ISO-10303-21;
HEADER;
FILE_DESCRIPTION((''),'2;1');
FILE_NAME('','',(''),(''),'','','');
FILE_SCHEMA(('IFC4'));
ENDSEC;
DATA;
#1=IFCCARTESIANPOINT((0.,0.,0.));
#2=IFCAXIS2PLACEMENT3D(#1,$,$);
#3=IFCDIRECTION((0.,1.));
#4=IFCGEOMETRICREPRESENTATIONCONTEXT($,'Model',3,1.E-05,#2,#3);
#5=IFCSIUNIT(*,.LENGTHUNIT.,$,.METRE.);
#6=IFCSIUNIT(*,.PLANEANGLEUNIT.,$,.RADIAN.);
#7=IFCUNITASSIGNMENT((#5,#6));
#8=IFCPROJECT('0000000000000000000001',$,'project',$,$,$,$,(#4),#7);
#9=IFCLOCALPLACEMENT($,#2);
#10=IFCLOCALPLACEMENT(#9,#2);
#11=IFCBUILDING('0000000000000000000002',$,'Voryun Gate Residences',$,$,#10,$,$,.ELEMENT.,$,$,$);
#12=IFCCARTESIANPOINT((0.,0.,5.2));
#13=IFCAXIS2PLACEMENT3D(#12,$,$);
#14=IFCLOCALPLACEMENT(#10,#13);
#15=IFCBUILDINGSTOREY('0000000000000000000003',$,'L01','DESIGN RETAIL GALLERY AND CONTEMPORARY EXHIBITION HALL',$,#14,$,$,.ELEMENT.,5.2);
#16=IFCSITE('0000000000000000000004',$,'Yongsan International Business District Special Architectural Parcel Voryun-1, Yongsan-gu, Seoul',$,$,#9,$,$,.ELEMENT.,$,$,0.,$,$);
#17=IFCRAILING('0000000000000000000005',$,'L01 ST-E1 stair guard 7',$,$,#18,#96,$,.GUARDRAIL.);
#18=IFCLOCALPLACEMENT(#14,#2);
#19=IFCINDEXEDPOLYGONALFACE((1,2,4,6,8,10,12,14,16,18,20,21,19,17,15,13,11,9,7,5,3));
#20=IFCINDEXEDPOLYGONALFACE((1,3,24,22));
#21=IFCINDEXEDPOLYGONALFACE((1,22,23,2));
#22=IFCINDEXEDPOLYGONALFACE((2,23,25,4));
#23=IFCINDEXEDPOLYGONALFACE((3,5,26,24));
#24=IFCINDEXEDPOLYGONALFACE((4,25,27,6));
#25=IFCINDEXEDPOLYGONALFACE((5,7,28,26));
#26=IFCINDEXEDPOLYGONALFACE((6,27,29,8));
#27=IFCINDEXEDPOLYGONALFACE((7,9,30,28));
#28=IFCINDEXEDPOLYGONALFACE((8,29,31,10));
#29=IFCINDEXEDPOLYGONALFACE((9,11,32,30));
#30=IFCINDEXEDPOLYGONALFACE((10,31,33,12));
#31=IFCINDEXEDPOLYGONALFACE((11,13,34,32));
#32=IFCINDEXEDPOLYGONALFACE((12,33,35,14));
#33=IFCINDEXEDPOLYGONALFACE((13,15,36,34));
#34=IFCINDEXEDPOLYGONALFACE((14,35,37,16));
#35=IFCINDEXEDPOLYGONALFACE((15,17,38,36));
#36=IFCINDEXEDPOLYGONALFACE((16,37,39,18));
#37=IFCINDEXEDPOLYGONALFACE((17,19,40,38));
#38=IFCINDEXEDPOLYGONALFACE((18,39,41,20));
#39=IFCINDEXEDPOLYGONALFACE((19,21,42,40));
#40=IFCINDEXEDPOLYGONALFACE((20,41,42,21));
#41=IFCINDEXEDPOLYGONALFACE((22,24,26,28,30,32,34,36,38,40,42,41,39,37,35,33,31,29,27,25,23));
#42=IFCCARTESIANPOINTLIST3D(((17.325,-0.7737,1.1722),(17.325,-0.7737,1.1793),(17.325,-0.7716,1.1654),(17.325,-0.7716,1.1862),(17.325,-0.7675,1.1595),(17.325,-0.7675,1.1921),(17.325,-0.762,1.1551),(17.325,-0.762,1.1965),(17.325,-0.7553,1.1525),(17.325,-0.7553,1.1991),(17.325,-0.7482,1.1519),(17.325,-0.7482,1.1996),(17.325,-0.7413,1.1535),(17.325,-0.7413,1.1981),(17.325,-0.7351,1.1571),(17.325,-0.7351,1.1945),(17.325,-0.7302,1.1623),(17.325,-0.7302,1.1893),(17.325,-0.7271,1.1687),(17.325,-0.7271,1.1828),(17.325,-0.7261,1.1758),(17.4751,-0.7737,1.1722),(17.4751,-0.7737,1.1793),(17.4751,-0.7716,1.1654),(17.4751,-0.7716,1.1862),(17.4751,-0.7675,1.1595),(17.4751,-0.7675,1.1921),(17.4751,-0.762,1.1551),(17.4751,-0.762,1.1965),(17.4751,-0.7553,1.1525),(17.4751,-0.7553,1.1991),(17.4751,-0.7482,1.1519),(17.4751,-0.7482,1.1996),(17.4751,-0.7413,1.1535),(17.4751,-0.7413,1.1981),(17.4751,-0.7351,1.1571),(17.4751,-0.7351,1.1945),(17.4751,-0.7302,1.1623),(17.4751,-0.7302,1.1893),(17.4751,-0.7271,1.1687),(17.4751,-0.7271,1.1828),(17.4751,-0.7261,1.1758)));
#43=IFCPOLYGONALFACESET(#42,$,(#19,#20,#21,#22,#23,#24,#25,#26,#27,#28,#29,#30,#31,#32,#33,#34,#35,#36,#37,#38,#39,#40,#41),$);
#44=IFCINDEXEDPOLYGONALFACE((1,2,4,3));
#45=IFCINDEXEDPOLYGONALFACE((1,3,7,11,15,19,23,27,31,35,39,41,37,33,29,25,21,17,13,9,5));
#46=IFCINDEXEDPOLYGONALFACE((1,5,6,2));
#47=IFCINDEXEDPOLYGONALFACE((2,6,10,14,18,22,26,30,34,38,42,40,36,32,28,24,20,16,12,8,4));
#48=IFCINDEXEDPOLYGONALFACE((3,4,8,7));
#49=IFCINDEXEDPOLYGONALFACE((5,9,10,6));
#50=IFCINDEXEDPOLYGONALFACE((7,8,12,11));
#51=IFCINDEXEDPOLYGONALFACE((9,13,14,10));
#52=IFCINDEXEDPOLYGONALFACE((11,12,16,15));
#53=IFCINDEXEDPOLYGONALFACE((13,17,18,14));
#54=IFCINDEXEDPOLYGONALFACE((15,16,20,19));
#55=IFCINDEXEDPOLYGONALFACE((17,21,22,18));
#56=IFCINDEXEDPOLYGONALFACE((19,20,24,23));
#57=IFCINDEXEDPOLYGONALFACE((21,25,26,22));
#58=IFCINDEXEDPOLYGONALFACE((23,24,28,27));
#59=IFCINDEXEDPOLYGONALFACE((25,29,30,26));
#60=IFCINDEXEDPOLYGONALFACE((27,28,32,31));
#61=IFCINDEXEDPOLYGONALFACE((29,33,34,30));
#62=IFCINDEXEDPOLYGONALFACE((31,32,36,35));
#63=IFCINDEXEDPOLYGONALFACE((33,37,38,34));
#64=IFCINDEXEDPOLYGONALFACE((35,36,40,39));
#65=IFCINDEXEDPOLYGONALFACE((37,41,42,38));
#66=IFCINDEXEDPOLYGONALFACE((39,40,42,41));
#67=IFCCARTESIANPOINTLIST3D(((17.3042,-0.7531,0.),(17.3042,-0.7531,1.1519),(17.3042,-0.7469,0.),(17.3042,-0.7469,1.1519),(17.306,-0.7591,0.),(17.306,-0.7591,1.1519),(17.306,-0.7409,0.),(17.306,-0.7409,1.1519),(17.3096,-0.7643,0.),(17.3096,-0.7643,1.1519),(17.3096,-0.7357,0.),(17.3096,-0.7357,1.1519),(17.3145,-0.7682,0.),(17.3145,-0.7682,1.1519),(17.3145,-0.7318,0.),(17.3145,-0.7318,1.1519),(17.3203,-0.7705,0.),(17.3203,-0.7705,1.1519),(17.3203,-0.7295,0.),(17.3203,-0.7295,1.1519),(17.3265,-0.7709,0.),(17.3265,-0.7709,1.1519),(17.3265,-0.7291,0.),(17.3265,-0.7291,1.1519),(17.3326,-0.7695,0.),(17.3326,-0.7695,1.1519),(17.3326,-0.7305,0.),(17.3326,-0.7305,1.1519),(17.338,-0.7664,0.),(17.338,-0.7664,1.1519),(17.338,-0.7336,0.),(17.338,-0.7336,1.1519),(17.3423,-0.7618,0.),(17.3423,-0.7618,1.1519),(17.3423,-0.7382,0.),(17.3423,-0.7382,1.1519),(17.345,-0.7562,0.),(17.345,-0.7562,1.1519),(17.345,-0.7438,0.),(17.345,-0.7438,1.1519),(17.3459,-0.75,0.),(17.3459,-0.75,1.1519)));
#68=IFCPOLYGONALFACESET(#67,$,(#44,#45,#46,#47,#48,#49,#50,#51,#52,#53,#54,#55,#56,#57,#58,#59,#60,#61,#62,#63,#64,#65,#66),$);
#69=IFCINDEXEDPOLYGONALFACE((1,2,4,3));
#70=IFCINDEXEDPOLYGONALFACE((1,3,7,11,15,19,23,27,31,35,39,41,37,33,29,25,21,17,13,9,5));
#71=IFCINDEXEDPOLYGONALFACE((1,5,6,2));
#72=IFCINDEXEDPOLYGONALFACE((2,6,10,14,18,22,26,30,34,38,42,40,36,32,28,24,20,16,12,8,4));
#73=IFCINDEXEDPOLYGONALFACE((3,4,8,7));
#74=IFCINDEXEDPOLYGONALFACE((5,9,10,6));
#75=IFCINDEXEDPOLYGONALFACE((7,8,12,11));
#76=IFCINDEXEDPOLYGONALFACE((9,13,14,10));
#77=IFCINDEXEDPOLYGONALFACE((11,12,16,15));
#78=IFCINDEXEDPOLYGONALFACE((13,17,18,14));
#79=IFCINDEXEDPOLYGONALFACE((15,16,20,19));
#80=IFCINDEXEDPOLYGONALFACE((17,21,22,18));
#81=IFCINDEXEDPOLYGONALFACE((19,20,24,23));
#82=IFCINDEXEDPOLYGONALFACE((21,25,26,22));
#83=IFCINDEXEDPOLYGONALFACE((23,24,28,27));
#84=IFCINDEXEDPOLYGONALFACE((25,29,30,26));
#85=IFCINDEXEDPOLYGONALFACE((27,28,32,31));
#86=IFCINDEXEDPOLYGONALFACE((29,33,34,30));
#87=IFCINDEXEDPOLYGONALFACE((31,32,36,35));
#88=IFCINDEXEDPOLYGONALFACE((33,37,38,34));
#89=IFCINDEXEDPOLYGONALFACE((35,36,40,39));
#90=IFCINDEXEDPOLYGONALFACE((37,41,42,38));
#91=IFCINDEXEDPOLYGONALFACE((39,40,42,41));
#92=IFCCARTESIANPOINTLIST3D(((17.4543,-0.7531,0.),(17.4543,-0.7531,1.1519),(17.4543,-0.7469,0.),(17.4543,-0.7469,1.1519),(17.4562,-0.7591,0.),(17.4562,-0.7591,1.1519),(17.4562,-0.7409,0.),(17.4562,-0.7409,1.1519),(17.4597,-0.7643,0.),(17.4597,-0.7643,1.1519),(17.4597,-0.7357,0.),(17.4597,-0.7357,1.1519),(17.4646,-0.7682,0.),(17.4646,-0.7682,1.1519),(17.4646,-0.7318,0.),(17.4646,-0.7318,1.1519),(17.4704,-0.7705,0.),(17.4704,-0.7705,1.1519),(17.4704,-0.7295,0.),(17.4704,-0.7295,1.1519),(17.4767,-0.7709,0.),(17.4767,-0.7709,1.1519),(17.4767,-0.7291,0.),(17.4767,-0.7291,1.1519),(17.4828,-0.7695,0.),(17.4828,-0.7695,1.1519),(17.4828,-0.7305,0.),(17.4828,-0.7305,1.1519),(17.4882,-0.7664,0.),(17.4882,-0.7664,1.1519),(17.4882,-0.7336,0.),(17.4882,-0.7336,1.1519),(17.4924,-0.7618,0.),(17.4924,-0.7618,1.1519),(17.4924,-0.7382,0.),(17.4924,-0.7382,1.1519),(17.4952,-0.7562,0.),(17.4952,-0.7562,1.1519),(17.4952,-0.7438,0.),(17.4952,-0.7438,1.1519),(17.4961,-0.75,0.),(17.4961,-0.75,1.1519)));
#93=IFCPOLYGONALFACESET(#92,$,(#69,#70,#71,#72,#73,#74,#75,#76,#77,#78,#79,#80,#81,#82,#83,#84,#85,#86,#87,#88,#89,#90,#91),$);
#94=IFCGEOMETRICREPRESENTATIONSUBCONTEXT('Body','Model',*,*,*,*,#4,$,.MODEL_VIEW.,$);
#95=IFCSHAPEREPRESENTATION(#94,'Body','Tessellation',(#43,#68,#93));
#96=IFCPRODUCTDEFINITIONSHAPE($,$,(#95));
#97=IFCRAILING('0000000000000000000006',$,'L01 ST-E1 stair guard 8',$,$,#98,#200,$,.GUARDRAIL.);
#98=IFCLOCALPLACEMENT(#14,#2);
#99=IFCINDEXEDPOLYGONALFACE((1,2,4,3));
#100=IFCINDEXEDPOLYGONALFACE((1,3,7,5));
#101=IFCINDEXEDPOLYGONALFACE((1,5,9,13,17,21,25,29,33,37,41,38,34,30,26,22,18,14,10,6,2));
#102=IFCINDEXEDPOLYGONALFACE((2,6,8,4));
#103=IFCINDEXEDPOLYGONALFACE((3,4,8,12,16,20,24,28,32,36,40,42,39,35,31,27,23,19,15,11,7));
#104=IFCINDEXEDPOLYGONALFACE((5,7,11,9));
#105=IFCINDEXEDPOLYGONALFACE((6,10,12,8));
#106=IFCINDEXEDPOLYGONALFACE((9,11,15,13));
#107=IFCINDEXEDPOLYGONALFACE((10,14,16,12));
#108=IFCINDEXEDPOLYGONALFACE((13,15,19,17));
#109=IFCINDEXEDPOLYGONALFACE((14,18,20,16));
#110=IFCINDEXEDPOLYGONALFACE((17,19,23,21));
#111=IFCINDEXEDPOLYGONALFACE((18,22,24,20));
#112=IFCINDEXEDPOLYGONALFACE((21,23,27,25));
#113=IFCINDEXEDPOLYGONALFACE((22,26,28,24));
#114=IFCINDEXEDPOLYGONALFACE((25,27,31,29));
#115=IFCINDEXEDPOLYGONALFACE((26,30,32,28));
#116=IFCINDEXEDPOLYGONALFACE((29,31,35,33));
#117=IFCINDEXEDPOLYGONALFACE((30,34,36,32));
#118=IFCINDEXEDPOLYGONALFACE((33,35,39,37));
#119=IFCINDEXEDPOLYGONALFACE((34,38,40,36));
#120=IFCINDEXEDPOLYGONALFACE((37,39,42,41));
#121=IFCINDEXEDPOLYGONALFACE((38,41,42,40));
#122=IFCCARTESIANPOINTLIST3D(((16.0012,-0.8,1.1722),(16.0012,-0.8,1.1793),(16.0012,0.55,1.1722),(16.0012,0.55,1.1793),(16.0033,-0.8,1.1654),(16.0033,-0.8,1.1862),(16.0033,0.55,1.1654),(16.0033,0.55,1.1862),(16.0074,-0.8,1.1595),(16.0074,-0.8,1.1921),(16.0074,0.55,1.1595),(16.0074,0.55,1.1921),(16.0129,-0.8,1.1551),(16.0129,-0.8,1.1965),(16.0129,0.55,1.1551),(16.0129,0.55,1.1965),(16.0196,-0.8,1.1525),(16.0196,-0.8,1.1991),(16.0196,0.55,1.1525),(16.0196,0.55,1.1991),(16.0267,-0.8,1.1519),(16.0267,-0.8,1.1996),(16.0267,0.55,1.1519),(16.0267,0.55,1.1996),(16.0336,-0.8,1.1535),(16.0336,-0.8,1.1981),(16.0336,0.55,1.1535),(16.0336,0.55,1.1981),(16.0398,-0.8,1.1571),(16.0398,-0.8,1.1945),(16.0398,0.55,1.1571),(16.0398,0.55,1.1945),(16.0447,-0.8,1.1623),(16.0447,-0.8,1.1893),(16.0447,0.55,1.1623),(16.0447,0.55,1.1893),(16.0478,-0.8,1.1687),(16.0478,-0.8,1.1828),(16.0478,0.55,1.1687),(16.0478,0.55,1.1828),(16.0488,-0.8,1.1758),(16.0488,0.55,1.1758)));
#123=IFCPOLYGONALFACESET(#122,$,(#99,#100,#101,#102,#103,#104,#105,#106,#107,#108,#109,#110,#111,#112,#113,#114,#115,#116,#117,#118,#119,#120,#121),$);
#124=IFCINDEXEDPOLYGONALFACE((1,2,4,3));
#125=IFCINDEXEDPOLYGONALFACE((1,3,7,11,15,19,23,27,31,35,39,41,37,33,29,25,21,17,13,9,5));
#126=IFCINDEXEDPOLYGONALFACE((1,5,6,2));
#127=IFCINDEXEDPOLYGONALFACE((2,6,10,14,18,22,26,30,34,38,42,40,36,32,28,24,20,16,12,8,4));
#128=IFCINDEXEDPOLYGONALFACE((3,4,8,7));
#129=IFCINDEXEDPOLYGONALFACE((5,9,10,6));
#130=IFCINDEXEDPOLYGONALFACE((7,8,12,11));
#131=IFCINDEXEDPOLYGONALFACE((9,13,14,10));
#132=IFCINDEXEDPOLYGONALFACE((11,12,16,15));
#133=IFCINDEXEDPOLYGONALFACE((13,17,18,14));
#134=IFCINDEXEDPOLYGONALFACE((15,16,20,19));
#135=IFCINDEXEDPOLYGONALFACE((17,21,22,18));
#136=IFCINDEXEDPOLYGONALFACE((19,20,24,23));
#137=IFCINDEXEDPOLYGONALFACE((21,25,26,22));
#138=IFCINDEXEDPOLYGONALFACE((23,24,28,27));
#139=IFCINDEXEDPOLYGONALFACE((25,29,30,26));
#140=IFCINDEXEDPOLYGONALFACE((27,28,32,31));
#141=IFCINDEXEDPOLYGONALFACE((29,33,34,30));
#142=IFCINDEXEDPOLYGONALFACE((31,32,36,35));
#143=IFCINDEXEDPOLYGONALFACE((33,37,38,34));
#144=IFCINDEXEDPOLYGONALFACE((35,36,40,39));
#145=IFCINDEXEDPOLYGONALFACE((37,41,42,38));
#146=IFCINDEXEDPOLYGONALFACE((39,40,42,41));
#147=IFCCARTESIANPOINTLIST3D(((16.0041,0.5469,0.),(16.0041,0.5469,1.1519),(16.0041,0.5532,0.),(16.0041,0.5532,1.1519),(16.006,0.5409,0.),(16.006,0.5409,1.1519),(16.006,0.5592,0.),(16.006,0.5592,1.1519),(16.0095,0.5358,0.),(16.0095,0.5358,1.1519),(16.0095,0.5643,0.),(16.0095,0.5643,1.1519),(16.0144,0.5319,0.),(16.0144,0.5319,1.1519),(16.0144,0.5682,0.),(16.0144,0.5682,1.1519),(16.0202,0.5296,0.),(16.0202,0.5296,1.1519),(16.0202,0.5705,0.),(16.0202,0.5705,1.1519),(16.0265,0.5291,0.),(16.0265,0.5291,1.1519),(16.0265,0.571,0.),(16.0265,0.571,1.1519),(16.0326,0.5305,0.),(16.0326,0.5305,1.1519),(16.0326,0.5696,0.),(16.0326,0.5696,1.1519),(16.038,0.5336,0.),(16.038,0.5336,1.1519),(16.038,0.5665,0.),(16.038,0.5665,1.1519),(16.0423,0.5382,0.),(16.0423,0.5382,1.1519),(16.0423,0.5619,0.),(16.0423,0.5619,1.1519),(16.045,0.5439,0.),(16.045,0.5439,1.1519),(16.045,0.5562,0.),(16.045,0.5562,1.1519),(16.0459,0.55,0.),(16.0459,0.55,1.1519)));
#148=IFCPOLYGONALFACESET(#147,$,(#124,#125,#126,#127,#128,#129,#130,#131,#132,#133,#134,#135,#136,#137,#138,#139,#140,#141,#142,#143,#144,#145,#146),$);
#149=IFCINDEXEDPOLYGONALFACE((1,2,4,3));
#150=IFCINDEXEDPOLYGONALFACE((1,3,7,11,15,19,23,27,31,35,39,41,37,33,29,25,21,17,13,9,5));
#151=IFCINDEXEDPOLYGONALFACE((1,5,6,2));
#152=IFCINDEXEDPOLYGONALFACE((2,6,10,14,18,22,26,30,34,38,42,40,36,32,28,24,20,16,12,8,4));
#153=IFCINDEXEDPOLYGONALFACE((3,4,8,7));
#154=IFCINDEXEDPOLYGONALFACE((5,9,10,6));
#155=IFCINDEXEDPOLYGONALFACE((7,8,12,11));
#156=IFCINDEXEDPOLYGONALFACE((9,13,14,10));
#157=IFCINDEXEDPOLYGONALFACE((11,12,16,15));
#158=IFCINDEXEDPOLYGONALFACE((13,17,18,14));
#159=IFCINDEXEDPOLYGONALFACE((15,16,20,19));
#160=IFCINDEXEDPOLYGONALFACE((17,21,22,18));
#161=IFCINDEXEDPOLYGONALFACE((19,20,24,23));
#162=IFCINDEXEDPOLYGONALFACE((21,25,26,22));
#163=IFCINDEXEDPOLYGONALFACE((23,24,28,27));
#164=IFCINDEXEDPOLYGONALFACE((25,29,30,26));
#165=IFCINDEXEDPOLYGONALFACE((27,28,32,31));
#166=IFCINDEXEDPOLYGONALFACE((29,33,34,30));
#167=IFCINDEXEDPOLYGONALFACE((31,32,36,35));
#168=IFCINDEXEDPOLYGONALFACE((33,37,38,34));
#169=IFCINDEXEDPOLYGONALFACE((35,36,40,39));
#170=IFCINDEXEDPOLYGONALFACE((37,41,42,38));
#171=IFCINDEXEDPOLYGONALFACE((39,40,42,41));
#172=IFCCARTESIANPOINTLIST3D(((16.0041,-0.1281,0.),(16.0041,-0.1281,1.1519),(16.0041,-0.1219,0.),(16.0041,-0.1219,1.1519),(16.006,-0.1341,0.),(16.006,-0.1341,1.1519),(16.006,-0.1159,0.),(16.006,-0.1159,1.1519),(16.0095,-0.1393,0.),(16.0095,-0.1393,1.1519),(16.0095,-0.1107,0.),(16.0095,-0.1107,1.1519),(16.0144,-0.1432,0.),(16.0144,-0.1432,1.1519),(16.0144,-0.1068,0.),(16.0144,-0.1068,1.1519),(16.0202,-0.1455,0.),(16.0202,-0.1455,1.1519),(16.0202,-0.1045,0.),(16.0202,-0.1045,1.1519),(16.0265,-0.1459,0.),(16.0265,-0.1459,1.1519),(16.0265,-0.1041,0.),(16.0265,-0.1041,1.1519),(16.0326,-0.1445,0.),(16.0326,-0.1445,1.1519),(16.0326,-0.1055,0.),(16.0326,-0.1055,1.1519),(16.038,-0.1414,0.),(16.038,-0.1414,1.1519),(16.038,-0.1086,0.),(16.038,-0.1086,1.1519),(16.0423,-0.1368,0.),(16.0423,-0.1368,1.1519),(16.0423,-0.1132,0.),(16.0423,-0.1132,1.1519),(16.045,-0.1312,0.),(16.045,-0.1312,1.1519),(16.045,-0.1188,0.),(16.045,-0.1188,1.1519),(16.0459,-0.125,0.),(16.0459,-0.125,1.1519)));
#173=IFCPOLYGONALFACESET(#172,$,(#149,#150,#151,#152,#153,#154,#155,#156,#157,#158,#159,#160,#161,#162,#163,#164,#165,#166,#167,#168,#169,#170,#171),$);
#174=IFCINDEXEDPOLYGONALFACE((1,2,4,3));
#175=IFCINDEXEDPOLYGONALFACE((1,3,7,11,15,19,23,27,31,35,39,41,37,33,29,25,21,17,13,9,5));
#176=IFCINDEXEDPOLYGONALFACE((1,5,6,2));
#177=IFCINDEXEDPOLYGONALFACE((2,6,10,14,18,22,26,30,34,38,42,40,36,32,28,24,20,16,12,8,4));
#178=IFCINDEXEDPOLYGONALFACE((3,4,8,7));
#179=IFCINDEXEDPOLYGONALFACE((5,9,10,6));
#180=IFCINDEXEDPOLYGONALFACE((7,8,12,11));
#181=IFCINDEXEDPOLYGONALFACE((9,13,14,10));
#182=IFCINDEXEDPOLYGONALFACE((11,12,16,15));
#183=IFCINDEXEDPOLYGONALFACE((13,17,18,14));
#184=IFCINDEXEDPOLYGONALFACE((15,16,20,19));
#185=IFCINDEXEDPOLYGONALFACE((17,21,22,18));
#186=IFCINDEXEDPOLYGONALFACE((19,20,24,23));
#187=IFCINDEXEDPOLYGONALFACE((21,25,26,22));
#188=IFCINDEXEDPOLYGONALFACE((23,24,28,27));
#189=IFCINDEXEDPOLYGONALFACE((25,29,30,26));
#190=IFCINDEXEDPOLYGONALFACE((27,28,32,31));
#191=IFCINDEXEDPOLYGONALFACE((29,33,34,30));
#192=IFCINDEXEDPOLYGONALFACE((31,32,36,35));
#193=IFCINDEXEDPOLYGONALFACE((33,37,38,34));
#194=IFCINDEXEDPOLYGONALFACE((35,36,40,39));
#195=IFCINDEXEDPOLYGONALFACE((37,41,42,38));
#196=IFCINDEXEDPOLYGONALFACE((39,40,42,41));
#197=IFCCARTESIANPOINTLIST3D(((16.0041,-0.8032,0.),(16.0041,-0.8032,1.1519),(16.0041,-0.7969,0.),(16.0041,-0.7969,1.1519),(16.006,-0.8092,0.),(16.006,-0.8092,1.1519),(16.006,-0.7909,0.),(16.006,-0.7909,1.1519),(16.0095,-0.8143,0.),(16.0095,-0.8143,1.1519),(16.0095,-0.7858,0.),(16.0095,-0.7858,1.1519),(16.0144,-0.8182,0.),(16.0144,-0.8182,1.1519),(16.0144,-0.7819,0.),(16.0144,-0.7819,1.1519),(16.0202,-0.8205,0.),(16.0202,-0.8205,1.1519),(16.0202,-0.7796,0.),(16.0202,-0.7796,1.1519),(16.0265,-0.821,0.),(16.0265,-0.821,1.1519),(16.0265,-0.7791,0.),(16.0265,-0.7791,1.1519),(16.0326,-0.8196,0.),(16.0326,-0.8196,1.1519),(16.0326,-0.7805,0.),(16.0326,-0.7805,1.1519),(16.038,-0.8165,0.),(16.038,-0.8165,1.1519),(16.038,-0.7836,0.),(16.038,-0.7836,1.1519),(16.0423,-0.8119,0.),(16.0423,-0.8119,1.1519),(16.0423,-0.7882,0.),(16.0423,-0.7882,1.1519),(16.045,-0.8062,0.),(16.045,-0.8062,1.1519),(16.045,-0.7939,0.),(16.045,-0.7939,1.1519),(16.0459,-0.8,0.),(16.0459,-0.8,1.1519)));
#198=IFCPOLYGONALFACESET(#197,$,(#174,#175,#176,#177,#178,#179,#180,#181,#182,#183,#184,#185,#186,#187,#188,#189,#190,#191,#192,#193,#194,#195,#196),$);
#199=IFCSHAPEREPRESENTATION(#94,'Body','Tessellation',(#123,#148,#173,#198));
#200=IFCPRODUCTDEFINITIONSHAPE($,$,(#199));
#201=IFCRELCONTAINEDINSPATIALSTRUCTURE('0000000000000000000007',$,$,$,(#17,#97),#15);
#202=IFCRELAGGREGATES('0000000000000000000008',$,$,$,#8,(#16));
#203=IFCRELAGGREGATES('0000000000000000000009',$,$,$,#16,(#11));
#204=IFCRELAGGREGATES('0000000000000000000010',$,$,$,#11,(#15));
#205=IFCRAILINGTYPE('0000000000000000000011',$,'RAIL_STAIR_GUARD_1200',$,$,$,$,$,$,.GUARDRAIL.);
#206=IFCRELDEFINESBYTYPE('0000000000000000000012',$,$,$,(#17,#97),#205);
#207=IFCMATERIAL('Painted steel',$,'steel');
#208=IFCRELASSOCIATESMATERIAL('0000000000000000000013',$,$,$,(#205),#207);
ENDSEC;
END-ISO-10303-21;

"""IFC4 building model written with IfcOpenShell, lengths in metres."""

from ifc_helpers import new_model, si_unit, direction, frame, origin, origin_2d, place, context, subcontext, project, spatial, circle, extrude, material, type_object, element, save


model = new_model("IFC4")

# Units and contexts
model_context = context("Model", 3, precision=1e-05, world=origin(), true_north=direction((0.0, 1.0)))
body_context = subcontext(model_context, "Body", "Model", "MODEL_VIEW")
ifc_project = project(units=[si_unit("LENGTHUNIT", "METRE"), si_unit("PLANEANGLEUNIT", "RADIAN")], contexts=[model_context])

# Site, building, storey
site_placement = place(None, origin())
site = spatial("IfcSite", under=ifc_project, at=site_placement, Name="Yongsan International Business District Special Architectural Parcel Voryun-1, Yongsan-gu, Seoul", CompositionType="ELEMENT", RefElevation=0.0)
building_placement = place(site_placement, origin())
building = spatial("IfcBuilding", under=site, at=building_placement, Name="Voryun Gate Residences", CompositionType="ELEMENT")
storey_placement = place(building_placement, frame((0.0, 0.0, 5.2)))
storey = spatial("IfcBuildingStorey", under=building, at=storey_placement, Name="L01", Description="DESIGN RETAIL GALLERY AND CONTEMPORARY EXHIBITION HALL", CompositionType="ELEMENT", Elevation=5.2)

# Railings
ifc_material_1 = material(Name="Painted steel", Category="steel")
railing_type = type_object("IfcRailingType", Name="RAIL_STAIR_GUARD_1200", PredefinedType="GUARDRAIL", material=ifc_material_1)
railing_1_placement = place(storey_placement, frame((17.325, -0.75, 0.0)))
element("IfcRailing", 1, at=railing_1_placement, inside=storey, type_object=railing_type, Name="L01 ST-E1 stair guard 7", PredefinedType="GUARDRAIL", context=body_context, shape_type="SweptSolid", body=[
    extrude(circle(Radius=0.0239, at=origin_2d()), frame((0.0, 0.0, 1.1758), z_axis=(1.0, 0.0, 0.0), x_axis=(0.0, 1.0, 0.0)), (0.0, 0.0, 1.0), 0.1501),
    extrude(circle(Radius=0.021, at=origin_2d()), origin(), (0.0, 0.0, 1.0), 1.1519),
    extrude(circle(Radius=0.021, at=origin_2d()), frame((0.1501, 0.0, 0.0)), (0.0, 0.0, 1.0), 1.1519),
])
for number, where, name in (
    (2, (16.0249, 0.55, 0.0), "L01 ST-E1 stair guard 8"),
):
    element("IfcRailing", number, at=place(storey_placement, frame(where)), inside=storey, type_object=railing_type, Name=name, PredefinedType="GUARDRAIL", context=body_context, shape_type="SweptSolid", body=[
        extrude(circle(Radius=0.0239, at=origin_2d()), frame((0.0, 0.0, 1.1758), z_axis=(0.0, -1.0, 0.0), x_axis=(1.0, 0.0, 0.0)), (0.0, 0.0, 1.0), 1.3501),
        extrude(circle(Radius=0.021, at=origin_2d()), origin(), (0.0, 0.0, 1.0), 1.1519),
        extrude(circle(Radius=0.021, at=origin_2d()), frame((0.0, -0.675, 0.0)), (0.0, 0.0, 1.0), 1.1519),
        extrude(circle(Radius=0.021, at=origin_2d()), frame((0.0, -1.3501, 0.0)), (0.0, 0.0, 1.0), 1.1519),
    ])

save(model, "model.ifc")
